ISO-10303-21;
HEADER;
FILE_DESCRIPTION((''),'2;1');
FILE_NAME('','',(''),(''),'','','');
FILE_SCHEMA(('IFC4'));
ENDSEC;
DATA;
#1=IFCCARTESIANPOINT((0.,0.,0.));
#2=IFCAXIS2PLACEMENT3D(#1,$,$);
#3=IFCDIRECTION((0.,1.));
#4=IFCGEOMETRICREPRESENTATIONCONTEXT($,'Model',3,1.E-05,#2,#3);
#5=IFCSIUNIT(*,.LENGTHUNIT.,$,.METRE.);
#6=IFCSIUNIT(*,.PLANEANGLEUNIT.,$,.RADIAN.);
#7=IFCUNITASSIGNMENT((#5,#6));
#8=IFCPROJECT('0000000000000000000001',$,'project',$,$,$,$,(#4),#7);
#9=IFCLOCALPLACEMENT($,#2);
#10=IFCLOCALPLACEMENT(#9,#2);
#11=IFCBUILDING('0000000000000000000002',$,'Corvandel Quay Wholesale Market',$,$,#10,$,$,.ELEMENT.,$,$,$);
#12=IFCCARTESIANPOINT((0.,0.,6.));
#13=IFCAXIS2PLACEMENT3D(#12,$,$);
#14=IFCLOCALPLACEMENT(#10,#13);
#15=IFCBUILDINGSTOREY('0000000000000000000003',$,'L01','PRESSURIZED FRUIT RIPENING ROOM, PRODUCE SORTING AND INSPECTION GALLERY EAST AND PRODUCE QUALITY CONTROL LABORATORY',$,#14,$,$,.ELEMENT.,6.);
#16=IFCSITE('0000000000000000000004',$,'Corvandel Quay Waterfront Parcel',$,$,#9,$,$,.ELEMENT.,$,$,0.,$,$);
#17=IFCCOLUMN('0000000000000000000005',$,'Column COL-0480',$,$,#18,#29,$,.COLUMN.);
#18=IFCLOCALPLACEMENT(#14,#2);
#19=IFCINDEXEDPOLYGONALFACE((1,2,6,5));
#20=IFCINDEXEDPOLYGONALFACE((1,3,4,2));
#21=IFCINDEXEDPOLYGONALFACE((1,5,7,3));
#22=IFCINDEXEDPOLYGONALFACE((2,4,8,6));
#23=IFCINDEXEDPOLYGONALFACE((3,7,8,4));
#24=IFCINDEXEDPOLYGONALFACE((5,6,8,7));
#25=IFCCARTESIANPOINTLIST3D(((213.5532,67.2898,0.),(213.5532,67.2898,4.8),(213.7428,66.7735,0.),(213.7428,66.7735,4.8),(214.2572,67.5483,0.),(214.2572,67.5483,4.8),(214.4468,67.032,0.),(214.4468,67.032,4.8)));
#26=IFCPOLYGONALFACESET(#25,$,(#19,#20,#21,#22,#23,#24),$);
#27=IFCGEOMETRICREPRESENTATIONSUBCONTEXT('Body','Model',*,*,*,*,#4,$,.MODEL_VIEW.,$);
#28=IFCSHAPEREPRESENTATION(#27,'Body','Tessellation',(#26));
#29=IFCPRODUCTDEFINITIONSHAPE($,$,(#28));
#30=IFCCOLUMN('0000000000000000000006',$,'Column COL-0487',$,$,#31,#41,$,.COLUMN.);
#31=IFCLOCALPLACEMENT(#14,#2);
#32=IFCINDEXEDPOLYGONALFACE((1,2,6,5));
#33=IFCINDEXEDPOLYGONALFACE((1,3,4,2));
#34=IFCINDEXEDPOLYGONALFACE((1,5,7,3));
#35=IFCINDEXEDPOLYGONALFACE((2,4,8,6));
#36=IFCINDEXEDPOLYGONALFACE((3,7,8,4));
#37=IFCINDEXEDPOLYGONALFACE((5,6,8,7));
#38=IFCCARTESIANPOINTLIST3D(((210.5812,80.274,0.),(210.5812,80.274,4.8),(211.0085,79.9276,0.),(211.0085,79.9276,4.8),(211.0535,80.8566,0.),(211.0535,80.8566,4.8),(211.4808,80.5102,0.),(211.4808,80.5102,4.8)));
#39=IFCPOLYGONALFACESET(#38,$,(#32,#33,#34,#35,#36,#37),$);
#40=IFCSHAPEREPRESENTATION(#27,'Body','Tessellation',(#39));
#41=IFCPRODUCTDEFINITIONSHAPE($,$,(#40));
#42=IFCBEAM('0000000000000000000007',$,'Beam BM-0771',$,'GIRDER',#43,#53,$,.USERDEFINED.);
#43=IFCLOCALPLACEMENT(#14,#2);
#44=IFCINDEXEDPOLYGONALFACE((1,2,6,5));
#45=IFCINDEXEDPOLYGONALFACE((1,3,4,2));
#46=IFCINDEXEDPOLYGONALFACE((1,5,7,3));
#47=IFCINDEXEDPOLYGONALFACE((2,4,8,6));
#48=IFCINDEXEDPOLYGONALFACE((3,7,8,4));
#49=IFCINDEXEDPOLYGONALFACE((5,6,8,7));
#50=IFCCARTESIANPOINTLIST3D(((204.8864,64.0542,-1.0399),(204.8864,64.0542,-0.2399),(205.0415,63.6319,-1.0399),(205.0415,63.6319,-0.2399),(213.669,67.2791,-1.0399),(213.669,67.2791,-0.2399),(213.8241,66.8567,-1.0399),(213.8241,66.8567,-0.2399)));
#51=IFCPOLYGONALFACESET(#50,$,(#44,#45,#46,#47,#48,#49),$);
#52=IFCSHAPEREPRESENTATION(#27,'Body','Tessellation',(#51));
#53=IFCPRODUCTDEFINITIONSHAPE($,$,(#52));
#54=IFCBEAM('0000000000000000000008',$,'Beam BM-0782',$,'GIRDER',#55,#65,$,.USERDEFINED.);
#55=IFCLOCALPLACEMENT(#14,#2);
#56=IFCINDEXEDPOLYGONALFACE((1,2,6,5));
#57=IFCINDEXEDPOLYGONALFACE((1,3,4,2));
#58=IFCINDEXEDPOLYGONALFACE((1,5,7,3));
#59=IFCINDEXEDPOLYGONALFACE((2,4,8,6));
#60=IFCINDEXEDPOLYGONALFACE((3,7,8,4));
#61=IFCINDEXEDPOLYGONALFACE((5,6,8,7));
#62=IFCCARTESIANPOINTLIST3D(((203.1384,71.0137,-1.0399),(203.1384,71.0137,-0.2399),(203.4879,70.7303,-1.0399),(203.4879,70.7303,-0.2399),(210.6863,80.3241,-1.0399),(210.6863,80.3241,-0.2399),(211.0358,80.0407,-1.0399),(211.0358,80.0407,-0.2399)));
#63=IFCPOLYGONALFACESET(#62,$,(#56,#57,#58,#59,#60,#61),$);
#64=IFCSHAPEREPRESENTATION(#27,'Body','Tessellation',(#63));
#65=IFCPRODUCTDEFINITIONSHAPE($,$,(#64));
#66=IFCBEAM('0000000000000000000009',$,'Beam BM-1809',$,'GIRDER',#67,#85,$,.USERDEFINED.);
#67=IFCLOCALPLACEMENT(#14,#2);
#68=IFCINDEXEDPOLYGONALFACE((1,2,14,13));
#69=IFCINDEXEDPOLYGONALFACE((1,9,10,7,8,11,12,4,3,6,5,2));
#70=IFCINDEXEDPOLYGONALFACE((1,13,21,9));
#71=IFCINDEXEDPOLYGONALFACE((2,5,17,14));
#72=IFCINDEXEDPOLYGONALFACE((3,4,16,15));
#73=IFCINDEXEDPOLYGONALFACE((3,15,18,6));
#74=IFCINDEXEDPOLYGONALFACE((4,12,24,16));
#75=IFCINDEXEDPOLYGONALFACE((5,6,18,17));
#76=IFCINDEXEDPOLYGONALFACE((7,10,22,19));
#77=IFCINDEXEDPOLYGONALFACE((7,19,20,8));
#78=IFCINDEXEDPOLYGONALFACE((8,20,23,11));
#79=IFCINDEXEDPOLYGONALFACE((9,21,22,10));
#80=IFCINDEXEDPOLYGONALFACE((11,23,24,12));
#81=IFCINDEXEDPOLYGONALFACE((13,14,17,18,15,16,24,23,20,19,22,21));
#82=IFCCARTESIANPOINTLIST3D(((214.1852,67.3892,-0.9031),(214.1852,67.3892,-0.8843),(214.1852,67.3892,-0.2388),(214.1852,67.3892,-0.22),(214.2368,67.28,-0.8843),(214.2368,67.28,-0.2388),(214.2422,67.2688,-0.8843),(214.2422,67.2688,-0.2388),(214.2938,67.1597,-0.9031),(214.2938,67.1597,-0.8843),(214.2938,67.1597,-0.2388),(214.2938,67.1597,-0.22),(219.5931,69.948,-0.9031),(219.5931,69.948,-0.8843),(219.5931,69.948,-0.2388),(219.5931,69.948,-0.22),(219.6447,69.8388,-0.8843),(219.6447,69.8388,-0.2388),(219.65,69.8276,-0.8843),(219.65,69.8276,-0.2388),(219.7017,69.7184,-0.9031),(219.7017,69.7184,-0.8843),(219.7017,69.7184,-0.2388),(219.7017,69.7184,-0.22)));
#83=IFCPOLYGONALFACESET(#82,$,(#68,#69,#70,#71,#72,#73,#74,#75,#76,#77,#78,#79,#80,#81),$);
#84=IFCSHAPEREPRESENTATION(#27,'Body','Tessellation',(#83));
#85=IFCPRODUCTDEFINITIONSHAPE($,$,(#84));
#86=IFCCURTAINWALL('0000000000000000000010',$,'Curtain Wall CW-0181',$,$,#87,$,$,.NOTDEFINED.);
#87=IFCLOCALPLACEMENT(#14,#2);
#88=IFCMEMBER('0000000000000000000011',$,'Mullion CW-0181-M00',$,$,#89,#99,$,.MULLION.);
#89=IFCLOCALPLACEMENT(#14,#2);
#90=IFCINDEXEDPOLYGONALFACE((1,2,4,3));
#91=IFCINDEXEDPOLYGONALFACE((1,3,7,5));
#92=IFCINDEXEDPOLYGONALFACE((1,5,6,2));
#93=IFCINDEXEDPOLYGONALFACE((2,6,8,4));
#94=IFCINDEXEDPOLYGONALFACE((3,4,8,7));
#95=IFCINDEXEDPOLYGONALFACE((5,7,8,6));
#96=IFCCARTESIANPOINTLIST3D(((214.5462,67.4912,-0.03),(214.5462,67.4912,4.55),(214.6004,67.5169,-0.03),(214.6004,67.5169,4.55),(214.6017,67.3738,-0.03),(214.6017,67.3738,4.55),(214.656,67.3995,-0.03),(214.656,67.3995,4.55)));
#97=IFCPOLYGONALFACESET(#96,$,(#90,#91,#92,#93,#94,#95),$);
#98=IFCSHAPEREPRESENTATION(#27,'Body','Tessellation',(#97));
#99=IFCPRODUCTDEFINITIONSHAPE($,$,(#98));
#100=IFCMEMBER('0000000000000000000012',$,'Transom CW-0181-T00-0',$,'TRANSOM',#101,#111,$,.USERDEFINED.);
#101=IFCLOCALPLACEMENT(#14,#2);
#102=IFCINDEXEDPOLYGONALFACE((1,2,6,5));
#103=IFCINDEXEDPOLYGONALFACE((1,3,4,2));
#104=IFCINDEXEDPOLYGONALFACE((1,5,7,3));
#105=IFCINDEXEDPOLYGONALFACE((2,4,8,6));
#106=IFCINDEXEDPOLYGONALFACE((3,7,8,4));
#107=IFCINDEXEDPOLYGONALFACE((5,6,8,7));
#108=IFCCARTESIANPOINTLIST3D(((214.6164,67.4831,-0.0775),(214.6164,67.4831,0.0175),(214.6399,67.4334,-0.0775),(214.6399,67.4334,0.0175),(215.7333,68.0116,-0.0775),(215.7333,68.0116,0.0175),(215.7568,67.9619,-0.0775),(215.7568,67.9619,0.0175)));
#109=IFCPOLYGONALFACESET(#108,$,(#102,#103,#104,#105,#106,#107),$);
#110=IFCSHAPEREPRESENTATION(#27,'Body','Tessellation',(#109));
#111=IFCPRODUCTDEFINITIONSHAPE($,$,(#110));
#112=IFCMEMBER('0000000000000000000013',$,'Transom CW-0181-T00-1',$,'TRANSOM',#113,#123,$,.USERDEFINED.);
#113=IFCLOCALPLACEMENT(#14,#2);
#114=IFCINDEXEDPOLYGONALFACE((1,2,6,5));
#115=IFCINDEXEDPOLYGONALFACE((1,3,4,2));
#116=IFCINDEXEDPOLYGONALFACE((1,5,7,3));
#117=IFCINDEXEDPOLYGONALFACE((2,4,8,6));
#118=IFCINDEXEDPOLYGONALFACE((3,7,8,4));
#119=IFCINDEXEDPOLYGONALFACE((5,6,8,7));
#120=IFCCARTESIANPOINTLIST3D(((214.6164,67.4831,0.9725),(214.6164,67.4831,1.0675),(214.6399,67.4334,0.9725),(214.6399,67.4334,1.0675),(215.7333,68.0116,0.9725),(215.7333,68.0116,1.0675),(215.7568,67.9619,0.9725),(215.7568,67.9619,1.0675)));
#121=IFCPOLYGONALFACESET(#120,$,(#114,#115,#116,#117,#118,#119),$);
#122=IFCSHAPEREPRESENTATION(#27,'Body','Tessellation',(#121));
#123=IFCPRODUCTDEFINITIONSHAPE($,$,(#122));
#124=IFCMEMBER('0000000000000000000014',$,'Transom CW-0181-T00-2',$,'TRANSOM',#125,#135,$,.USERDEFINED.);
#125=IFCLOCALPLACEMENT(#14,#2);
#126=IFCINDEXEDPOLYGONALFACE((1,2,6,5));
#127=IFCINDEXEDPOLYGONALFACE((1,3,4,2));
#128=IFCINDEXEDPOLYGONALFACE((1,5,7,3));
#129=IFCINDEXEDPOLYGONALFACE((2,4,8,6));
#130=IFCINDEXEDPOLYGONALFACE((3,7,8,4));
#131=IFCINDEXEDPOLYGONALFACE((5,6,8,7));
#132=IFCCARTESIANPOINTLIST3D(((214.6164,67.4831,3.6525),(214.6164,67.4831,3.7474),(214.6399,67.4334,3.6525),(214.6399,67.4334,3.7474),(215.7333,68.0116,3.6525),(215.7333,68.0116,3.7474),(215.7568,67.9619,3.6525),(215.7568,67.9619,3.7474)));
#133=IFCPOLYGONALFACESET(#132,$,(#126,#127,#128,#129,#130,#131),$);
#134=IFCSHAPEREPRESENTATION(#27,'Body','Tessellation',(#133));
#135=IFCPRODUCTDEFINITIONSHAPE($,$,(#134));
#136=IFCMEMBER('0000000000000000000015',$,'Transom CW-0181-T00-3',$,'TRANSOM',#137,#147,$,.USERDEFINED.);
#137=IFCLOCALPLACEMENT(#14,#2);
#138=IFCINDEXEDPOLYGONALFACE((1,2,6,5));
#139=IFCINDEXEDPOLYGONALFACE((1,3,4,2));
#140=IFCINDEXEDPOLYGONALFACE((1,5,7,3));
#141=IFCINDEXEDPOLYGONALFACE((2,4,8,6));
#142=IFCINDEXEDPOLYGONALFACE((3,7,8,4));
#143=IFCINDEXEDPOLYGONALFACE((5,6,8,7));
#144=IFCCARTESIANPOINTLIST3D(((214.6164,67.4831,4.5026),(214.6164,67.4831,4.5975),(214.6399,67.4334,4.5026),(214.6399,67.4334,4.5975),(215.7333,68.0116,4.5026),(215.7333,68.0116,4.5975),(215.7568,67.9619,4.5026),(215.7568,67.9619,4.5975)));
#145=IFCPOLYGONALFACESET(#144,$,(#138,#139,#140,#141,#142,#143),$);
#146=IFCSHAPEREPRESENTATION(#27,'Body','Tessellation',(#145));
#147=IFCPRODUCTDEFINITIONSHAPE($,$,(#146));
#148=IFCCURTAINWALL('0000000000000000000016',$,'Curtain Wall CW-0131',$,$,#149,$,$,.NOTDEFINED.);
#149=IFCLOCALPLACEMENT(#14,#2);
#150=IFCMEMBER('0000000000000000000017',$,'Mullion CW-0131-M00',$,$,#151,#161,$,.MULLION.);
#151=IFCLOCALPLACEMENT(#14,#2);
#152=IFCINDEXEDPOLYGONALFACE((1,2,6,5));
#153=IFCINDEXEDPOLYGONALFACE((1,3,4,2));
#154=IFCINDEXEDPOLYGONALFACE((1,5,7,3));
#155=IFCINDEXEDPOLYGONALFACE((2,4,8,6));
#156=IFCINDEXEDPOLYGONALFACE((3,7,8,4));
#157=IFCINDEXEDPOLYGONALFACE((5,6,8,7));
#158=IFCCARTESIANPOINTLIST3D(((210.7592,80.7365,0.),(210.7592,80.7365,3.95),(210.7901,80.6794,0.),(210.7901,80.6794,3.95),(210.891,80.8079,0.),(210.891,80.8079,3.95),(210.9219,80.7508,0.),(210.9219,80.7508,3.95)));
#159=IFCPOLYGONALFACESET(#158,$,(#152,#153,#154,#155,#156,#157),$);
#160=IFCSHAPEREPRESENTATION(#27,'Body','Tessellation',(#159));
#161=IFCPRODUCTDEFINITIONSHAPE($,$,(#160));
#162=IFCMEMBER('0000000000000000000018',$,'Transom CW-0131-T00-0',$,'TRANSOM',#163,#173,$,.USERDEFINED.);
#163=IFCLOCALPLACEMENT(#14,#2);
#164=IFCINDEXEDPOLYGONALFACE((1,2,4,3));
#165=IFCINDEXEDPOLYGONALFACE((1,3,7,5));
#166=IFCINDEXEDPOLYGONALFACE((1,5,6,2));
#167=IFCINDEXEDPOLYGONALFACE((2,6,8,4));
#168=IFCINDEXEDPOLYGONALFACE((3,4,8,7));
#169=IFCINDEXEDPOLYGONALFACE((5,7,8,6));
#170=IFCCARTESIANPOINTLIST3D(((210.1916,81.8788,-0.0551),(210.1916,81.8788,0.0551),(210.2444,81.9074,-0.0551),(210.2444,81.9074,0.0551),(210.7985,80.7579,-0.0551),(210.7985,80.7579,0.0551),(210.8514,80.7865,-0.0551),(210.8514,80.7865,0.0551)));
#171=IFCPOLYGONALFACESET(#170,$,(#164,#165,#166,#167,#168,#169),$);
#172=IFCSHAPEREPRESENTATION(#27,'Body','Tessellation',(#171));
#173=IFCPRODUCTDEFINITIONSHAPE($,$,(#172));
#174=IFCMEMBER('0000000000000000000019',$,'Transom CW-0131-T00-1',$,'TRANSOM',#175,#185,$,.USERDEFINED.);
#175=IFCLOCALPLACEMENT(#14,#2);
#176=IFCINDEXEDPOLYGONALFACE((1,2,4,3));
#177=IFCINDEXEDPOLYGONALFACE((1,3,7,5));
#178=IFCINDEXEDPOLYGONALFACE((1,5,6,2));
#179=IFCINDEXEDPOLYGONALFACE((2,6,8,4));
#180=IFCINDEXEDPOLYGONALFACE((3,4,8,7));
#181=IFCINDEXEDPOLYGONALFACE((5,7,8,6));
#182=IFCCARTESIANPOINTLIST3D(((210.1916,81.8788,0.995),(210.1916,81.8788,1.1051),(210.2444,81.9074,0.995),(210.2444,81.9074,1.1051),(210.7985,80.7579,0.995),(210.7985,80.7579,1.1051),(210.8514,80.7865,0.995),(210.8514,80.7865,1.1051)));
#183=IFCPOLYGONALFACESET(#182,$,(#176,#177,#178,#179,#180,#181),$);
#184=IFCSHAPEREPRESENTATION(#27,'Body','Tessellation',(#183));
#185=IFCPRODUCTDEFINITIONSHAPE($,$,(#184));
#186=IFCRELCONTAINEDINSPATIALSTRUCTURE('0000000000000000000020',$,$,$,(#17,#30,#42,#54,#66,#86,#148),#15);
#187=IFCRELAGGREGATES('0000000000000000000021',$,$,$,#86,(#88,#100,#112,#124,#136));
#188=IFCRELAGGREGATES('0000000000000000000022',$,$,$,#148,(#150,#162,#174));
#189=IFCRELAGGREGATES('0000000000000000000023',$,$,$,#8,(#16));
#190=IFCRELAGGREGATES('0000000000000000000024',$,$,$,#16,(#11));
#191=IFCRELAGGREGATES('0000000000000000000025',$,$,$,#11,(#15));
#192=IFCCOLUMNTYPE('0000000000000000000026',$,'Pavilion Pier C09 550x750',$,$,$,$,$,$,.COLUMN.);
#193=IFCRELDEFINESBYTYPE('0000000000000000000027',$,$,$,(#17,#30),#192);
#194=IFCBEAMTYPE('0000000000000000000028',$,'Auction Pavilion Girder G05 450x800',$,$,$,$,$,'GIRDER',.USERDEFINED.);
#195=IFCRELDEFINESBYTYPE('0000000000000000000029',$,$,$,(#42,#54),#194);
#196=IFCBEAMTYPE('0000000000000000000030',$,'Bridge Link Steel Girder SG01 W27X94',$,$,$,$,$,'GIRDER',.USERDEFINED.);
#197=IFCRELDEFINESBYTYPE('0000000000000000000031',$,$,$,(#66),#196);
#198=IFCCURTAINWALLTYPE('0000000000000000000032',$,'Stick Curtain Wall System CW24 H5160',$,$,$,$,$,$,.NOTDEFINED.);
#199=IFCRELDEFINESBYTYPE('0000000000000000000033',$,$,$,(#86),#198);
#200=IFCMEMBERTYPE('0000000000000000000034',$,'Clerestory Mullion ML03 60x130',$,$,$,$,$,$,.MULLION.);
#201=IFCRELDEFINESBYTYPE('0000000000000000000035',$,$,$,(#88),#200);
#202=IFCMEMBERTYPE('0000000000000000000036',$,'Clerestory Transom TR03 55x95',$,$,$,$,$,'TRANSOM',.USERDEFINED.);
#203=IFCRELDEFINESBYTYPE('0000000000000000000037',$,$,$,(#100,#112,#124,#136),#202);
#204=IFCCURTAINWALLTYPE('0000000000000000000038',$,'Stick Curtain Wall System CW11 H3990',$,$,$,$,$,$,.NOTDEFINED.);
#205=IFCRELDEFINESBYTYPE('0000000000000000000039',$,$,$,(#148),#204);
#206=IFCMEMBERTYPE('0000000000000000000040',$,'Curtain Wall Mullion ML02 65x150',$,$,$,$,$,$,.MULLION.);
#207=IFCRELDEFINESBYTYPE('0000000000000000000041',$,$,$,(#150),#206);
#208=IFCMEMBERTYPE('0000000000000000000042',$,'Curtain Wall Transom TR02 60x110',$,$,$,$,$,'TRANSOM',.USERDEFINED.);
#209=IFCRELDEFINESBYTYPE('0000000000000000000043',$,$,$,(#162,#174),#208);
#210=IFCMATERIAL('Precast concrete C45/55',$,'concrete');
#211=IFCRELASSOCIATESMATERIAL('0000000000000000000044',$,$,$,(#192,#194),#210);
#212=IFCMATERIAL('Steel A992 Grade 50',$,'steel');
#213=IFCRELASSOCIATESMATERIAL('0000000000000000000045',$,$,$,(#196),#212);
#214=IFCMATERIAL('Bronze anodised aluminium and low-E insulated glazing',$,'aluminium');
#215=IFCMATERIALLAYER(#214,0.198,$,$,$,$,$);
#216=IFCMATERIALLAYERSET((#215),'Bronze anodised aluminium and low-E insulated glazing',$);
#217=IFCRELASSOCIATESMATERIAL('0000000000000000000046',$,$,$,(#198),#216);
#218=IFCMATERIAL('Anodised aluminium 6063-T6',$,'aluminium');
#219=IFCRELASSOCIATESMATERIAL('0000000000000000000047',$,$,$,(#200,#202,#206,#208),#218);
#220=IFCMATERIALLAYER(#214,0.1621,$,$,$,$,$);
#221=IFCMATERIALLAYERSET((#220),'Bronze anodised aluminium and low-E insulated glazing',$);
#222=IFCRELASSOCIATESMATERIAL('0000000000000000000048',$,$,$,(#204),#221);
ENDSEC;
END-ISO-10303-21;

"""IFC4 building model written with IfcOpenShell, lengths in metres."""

from ifc_helpers import new_model, si_unit, direction, frame, origin, origin_2d, place, context, subcontext, project, spatial, rectangle, i_section, extrude, material, layer, layer_set, material_profile, profile_set, type_object, element, aggregate, save


model = new_model("IFC4")

# Units and contexts
model_context = context("Model", 3, precision=1e-05, world=origin(), true_north=direction((0.0, 1.0)))
body_context = subcontext(model_context, "Body", "Model", "MODEL_VIEW")
ifc_project = project(units=[si_unit("LENGTHUNIT", "METRE"), si_unit("PLANEANGLEUNIT", "RADIAN")], contexts=[model_context])

# Site, building, storey
site_placement = place(None, origin())
site = spatial("IfcSite", under=ifc_project, at=site_placement, Name="Corvandel Quay Waterfront Parcel", CompositionType="ELEMENT", RefElevation=0.0)
building_placement = place(site_placement, origin())
building = spatial("IfcBuilding", under=site, at=building_placement, Name="Corvandel Quay Wholesale Market", CompositionType="ELEMENT")
storey_placement = place(building_placement, frame((0.0, 0.0, 6.0)))
storey = spatial("IfcBuildingStorey", under=building, at=storey_placement, Name="L01", Description="PRESSURIZED FRUIT RIPENING ROOM, PRODUCE SORTING AND INSPECTION GALLERY EAST AND PRODUCE QUALITY CONTROL LABORATORY", CompositionType="ELEMENT", Elevation=6.0)

# Columns
ifc_material_1 = material(Name="Precast concrete C45/55", Category="concrete")
ifc_material_profile_1 = material_profile(ifc_material_1, rectangle(XDim=0.55, YDim=0.75, at=origin_2d()), Name="PC-COL-550x750")
ifc_profile_set_1 = profile_set([ifc_material_profile_1], Name="Precast concrete C45/55")
column_type = type_object("IfcColumnType", Name="Pavilion Pier C09 550x750", PredefinedType="COLUMN", material=ifc_profile_set_1)
for number, where, z_axis, x_axis, name in (
    (1, (214.0, 67.1609, 0.0), (0.0, 0.0, 1.0), (-0.344643, 0.938734, 0.0), "Column COL-0480"),
    (2, (211.031, 80.3921, 0.0), (0.0, 0.0, 1.0), (-0.776816, 0.629727, 0.0), "Column COL-0487"),
):
    element("IfcColumn", number, at=place(storey_placement, frame(where, z_axis=z_axis, x_axis=x_axis)), inside=storey, type_object=column_type, Name=name, PredefinedType="COLUMN", context=body_context, shape_type="SweptSolid", body=[
        extrude(rectangle(XDim=0.55, YDim=0.75, at=origin_2d()), origin(), (0.0, 0.0, 1.0), 4.8),
    ])

# Beams
ifc_material_profile_2 = material_profile(ifc_material_1, rectangle(XDim=0.45, YDim=0.8, at=origin_2d()), Name="PC-GIR-450x800")
ifc_profile_set_2 = profile_set([ifc_material_profile_2], Name="Precast concrete C45/55")
beam_type_1 = type_object("IfcBeamType", Name="Auction Pavilion Girder G05 450x800", ElementType="GIRDER", PredefinedType="USERDEFINED", material=ifc_profile_set_2)
beam_1_placement = place(storey_placement, frame((213.7466, 67.0679, -0.6399), z_axis=(-0.93872, -0.344681, 0.0), x_axis=(0.344681, -0.93872, 0.0)))
element("IfcBeam", 3, at=beam_1_placement, inside=storey, type_object=beam_type_1, Name="Beam BM-0771", ObjectType="GIRDER", PredefinedType="USERDEFINED", context=body_context, shape_type="SweptSolid", body=[
    extrude(rectangle(XDim=0.45, YDim=0.8, at=origin_2d()), origin(), (0.0, 0.0, 1.0), 9.356),
])
beam_2_placement = place(storey_placement, frame((210.8611, 80.1824, -0.6399), z_axis=(-0.629749, -0.776798, 0.0), x_axis=(0.776798, -0.629749, 0.0)))
element("IfcBeam", 4, at=beam_2_placement, inside=storey, type_object=beam_type_1, Name="Beam BM-0782", ObjectType="GIRDER", PredefinedType="USERDEFINED", context=body_context, shape_type="SweptSolid", body=[
    extrude(rectangle(XDim=0.45, YDim=0.8, at=origin_2d()), origin(), (0.0, 0.0, 1.0), 11.9856),
])
ifc_material_2 = material(Name="Steel A992 Grade 50", Category="steel")
ifc_material_profile_3 = material_profile(ifc_material_2, i_section(OverallWidth=0.2539, OverallDepth=0.6831, WebThickness=0.0125, FlangeThickness=0.0188, at=origin_2d()), Name="W27X94")
ifc_profile_set_3 = profile_set([ifc_material_profile_3], Name="Steel A992 Grade 50")
beam_type_2 = type_object("IfcBeamType", Name="Bridge Link Steel Girder SG01 W27X94", ElementType="GIRDER", PredefinedType="USERDEFINED", material=ifc_profile_set_3)
beam_3_placement = place(storey_placement, frame((214.2395, 67.2744, -0.5615), z_axis=(0.903921, 0.4277, 0.0), x_axis=(-0.4277, 0.903921, 0.0)))
element("IfcBeam", 5, at=beam_3_placement, inside=storey, type_object=beam_type_2, Name="Beam BM-1809", ObjectType="GIRDER", PredefinedType="USERDEFINED", context=body_context, shape_type="SweptSolid", body=[
    extrude(i_section(OverallWidth=0.2539, OverallDepth=0.6831, WebThickness=0.0125, FlangeThickness=0.0188, at=origin_2d()), origin(), (0.0, 0.0, 1.0), 5.9827),
])

# Curtain walls, members
ifc_material_3 = material(Name="Bronze anodised aluminium and low-E insulated glazing", Category="aluminium")
ifc_layer_1 = layer(ifc_material_3, 0.198)
ifc_layer_set_1 = layer_set([ifc_layer_1], Name="Bronze anodised aluminium and low-E insulated glazing")
curtain_wall_type_1 = type_object("IfcCurtainWallType", Name="Stick Curtain Wall System CW24 H5160", PredefinedType="NOTDEFINED", material=ifc_layer_set_1)
curtain_wall_1_placement = place(storey_placement, origin())
curtain_wall_1 = element("IfcCurtainWall", 6, at=curtain_wall_1_placement, inside=storey, type_object=curtain_wall_type_1, Name="Curtain Wall CW-0181", PredefinedType="NOTDEFINED")
ifc_material_4 = material(Name="Anodised aluminium 6063-T6", Category="aluminium")
ifc_material_profile_4 = material_profile(ifc_material_4, rectangle(XDim=0.0601, YDim=0.1299, at=origin_2d()), Name="ALU-MUL-60x130")
ifc_profile_set_4 = profile_set([ifc_material_profile_4], Name="Anodised aluminium 6063-T6")
member_type_1 = type_object("IfcMemberType", Name="Clerestory Mullion ML03 60x130", PredefinedType="MULLION", material=ifc_profile_set_4)
member_1_placement = place(storey_placement, frame((214.6011, 67.4453, -0.03), z_axis=(0.0, 0.0, 1.0), x_axis=(0.903933, 0.427673, 0.0)))
member_1 = element("IfcMember", 7, at=member_1_placement, type_object=member_type_1, Name="Mullion CW-0181-M00", PredefinedType="MULLION", context=body_context, shape_type="SweptSolid", body=[
    extrude(rectangle(XDim=0.0601, YDim=0.1299, at=origin_2d()), origin(), (0.0, 0.0, 1.0), 4.5801),
])
ifc_material_profile_5 = material_profile(ifc_material_4, rectangle(XDim=0.0549, YDim=0.095, at=origin_2d()), Name="ALU-TRN-55x95")
ifc_profile_set_5 = profile_set([ifc_material_profile_5], Name="Anodised aluminium 6063-T6")
member_type_2 = type_object("IfcMemberType", Name="Clerestory Transom TR03 55x95", ElementType="TRANSOM", PredefinedType="USERDEFINED", material=ifc_profile_set_5)
member_2_placement = place(storey_placement, frame((214.6282, 67.4583, -0.03), z_axis=(0.903899, 0.427747, 0.0), x_axis=(-0.427747, 0.903899, 0.0)))
member_2 = element("IfcMember", 8, at=member_2_placement, type_object=member_type_2, Name="Transom CW-0181-T00-0", ObjectType="TRANSOM", PredefinedType="USERDEFINED", context=body_context, shape_type="SweptSolid", body=[
    extrude(rectangle(XDim=0.0549, YDim=0.095, at=origin_2d()), origin(), (0.0, 0.0, 1.0), 1.2356),
])
member_3_placement = place(storey_placement, frame((214.6282, 67.4583, 1.02), z_axis=(0.903899, 0.427747, 0.0), x_axis=(-0.427747, 0.903899, 0.0)))
member_3 = element("IfcMember", 9, at=member_3_placement, type_object=member_type_2, Name="Transom CW-0181-T00-1", ObjectType="TRANSOM", PredefinedType="USERDEFINED", context=body_context, shape_type="SweptSolid", body=[
    extrude(rectangle(XDim=0.0549, YDim=0.095, at=origin_2d()), origin(), (0.0, 0.0, 1.0), 1.2356),
])
member_4_placement = place(storey_placement, frame((214.6282, 67.4583, 3.7), z_axis=(0.903899, 0.427747, 0.0), x_axis=(-0.427747, 0.903899, 0.0)))
member_4 = element("IfcMember", 10, at=member_4_placement, type_object=member_type_2, Name="Transom CW-0181-T00-2", ObjectType="TRANSOM", PredefinedType="USERDEFINED", context=body_context, shape_type="SweptSolid", body=[
    extrude(rectangle(XDim=0.0549, YDim=0.095, at=origin_2d()), origin(), (0.0, 0.0, 1.0), 1.2356),
])
member_5_placement = place(storey_placement, frame((214.6282, 67.4583, 4.55), z_axis=(0.903899, 0.427747, 0.0), x_axis=(-0.427747, 0.903899, 0.0)))
member_5 = element("IfcMember", 11, at=member_5_placement, type_object=member_type_2, Name="Transom CW-0181-T00-3", ObjectType="TRANSOM", PredefinedType="USERDEFINED", context=body_context, shape_type="SweptSolid", body=[
    extrude(rectangle(XDim=0.0549, YDim=0.095, at=origin_2d()), origin(), (0.0, 0.0, 1.0), 1.2356),
])
aggregate(curtain_wall_1, [member_1, member_2, member_3, member_4, member_5])
ifc_layer_2 = layer(ifc_material_3, 0.1621)
ifc_layer_set_2 = layer_set([ifc_layer_2], Name="Bronze anodised aluminium and low-E insulated glazing")
curtain_wall_type_2 = type_object("IfcCurtainWallType", Name="Stick Curtain Wall System CW11 H3990", PredefinedType="NOTDEFINED", material=ifc_layer_set_2)
curtain_wall_2_placement = place(storey_placement, origin())
curtain_wall_2 = element("IfcCurtainWall", 12, at=curtain_wall_2_placement, inside=storey, type_object=curtain_wall_type_2, Name="Curtain Wall CW-0131", PredefinedType="NOTDEFINED")
ifc_material_profile_6 = material_profile(ifc_material_4, rectangle(XDim=0.0649, YDim=0.1499, at=origin_2d()), Name="ALU-MUL-65x150")
ifc_profile_set_6 = profile_set([ifc_material_profile_6], Name="Anodised aluminium 6063-T6")
member_type_3 = type_object("IfcMemberType", Name="Curtain Wall Mullion ML02 65x150", PredefinedType="MULLION", material=ifc_profile_set_6)
member_6_placement = place(storey_placement, frame((210.8406, 80.7437, 0.0), z_axis=(0.0, 0.0, 1.0), x_axis=(-0.476238, 0.879316, 0.0)))
member_6 = element("IfcMember", 13, at=member_6_placement, type_object=member_type_3, Name="Mullion CW-0131-M00", PredefinedType="MULLION", context=body_context, shape_type="SweptSolid", body=[
    extrude(rectangle(XDim=0.0649, YDim=0.1499, at=origin_2d()), origin(), (0.0, 0.0, 1.0), 3.95),
])
ifc_material_profile_7 = material_profile(ifc_material_4, rectangle(XDim=0.0601, YDim=0.1101, at=origin_2d()), Name="ALU-TRN-60x110")
ifc_profile_set_7 = profile_set([ifc_material_profile_7], Name="Anodised aluminium 6063-T6")
member_type_4 = type_object("IfcMemberType", Name="Curtain Wall Transom TR02 60x110", ElementType="TRANSOM", PredefinedType="USERDEFINED", material=ifc_profile_set_7)
member_7_placement = place(storey_placement, frame((210.825, 80.7722, 0.0), z_axis=(-0.476166, 0.879355, 0.0), x_axis=(-0.879355, -0.476166, 0.0)))
member_7 = element("IfcMember", 14, at=member_7_placement, type_object=member_type_4, Name="Transom CW-0131-T00-0", ObjectType="TRANSOM", PredefinedType="USERDEFINED", context=body_context, shape_type="SweptSolid", body=[
    extrude(rectangle(XDim=0.0601, YDim=0.1101, at=origin_2d()), origin(), (0.0, 0.0, 1.0), 1.2747),
])
member_8_placement = place(storey_placement, frame((210.825, 80.7722, 1.05), z_axis=(-0.476166, 0.879355, 0.0), x_axis=(-0.879355, -0.476166, 0.0)))
member_8 = element("IfcMember", 15, at=member_8_placement, type_object=member_type_4, Name="Transom CW-0131-T00-1", ObjectType="TRANSOM", PredefinedType="USERDEFINED", context=body_context, shape_type="SweptSolid", body=[
    extrude(rectangle(XDim=0.0601, YDim=0.1101, at=origin_2d()), origin(), (0.0, 0.0, 1.0), 1.2747),
])
aggregate(curtain_wall_2, [member_6, member_7, member_8])

save(model, "model.ifc")
